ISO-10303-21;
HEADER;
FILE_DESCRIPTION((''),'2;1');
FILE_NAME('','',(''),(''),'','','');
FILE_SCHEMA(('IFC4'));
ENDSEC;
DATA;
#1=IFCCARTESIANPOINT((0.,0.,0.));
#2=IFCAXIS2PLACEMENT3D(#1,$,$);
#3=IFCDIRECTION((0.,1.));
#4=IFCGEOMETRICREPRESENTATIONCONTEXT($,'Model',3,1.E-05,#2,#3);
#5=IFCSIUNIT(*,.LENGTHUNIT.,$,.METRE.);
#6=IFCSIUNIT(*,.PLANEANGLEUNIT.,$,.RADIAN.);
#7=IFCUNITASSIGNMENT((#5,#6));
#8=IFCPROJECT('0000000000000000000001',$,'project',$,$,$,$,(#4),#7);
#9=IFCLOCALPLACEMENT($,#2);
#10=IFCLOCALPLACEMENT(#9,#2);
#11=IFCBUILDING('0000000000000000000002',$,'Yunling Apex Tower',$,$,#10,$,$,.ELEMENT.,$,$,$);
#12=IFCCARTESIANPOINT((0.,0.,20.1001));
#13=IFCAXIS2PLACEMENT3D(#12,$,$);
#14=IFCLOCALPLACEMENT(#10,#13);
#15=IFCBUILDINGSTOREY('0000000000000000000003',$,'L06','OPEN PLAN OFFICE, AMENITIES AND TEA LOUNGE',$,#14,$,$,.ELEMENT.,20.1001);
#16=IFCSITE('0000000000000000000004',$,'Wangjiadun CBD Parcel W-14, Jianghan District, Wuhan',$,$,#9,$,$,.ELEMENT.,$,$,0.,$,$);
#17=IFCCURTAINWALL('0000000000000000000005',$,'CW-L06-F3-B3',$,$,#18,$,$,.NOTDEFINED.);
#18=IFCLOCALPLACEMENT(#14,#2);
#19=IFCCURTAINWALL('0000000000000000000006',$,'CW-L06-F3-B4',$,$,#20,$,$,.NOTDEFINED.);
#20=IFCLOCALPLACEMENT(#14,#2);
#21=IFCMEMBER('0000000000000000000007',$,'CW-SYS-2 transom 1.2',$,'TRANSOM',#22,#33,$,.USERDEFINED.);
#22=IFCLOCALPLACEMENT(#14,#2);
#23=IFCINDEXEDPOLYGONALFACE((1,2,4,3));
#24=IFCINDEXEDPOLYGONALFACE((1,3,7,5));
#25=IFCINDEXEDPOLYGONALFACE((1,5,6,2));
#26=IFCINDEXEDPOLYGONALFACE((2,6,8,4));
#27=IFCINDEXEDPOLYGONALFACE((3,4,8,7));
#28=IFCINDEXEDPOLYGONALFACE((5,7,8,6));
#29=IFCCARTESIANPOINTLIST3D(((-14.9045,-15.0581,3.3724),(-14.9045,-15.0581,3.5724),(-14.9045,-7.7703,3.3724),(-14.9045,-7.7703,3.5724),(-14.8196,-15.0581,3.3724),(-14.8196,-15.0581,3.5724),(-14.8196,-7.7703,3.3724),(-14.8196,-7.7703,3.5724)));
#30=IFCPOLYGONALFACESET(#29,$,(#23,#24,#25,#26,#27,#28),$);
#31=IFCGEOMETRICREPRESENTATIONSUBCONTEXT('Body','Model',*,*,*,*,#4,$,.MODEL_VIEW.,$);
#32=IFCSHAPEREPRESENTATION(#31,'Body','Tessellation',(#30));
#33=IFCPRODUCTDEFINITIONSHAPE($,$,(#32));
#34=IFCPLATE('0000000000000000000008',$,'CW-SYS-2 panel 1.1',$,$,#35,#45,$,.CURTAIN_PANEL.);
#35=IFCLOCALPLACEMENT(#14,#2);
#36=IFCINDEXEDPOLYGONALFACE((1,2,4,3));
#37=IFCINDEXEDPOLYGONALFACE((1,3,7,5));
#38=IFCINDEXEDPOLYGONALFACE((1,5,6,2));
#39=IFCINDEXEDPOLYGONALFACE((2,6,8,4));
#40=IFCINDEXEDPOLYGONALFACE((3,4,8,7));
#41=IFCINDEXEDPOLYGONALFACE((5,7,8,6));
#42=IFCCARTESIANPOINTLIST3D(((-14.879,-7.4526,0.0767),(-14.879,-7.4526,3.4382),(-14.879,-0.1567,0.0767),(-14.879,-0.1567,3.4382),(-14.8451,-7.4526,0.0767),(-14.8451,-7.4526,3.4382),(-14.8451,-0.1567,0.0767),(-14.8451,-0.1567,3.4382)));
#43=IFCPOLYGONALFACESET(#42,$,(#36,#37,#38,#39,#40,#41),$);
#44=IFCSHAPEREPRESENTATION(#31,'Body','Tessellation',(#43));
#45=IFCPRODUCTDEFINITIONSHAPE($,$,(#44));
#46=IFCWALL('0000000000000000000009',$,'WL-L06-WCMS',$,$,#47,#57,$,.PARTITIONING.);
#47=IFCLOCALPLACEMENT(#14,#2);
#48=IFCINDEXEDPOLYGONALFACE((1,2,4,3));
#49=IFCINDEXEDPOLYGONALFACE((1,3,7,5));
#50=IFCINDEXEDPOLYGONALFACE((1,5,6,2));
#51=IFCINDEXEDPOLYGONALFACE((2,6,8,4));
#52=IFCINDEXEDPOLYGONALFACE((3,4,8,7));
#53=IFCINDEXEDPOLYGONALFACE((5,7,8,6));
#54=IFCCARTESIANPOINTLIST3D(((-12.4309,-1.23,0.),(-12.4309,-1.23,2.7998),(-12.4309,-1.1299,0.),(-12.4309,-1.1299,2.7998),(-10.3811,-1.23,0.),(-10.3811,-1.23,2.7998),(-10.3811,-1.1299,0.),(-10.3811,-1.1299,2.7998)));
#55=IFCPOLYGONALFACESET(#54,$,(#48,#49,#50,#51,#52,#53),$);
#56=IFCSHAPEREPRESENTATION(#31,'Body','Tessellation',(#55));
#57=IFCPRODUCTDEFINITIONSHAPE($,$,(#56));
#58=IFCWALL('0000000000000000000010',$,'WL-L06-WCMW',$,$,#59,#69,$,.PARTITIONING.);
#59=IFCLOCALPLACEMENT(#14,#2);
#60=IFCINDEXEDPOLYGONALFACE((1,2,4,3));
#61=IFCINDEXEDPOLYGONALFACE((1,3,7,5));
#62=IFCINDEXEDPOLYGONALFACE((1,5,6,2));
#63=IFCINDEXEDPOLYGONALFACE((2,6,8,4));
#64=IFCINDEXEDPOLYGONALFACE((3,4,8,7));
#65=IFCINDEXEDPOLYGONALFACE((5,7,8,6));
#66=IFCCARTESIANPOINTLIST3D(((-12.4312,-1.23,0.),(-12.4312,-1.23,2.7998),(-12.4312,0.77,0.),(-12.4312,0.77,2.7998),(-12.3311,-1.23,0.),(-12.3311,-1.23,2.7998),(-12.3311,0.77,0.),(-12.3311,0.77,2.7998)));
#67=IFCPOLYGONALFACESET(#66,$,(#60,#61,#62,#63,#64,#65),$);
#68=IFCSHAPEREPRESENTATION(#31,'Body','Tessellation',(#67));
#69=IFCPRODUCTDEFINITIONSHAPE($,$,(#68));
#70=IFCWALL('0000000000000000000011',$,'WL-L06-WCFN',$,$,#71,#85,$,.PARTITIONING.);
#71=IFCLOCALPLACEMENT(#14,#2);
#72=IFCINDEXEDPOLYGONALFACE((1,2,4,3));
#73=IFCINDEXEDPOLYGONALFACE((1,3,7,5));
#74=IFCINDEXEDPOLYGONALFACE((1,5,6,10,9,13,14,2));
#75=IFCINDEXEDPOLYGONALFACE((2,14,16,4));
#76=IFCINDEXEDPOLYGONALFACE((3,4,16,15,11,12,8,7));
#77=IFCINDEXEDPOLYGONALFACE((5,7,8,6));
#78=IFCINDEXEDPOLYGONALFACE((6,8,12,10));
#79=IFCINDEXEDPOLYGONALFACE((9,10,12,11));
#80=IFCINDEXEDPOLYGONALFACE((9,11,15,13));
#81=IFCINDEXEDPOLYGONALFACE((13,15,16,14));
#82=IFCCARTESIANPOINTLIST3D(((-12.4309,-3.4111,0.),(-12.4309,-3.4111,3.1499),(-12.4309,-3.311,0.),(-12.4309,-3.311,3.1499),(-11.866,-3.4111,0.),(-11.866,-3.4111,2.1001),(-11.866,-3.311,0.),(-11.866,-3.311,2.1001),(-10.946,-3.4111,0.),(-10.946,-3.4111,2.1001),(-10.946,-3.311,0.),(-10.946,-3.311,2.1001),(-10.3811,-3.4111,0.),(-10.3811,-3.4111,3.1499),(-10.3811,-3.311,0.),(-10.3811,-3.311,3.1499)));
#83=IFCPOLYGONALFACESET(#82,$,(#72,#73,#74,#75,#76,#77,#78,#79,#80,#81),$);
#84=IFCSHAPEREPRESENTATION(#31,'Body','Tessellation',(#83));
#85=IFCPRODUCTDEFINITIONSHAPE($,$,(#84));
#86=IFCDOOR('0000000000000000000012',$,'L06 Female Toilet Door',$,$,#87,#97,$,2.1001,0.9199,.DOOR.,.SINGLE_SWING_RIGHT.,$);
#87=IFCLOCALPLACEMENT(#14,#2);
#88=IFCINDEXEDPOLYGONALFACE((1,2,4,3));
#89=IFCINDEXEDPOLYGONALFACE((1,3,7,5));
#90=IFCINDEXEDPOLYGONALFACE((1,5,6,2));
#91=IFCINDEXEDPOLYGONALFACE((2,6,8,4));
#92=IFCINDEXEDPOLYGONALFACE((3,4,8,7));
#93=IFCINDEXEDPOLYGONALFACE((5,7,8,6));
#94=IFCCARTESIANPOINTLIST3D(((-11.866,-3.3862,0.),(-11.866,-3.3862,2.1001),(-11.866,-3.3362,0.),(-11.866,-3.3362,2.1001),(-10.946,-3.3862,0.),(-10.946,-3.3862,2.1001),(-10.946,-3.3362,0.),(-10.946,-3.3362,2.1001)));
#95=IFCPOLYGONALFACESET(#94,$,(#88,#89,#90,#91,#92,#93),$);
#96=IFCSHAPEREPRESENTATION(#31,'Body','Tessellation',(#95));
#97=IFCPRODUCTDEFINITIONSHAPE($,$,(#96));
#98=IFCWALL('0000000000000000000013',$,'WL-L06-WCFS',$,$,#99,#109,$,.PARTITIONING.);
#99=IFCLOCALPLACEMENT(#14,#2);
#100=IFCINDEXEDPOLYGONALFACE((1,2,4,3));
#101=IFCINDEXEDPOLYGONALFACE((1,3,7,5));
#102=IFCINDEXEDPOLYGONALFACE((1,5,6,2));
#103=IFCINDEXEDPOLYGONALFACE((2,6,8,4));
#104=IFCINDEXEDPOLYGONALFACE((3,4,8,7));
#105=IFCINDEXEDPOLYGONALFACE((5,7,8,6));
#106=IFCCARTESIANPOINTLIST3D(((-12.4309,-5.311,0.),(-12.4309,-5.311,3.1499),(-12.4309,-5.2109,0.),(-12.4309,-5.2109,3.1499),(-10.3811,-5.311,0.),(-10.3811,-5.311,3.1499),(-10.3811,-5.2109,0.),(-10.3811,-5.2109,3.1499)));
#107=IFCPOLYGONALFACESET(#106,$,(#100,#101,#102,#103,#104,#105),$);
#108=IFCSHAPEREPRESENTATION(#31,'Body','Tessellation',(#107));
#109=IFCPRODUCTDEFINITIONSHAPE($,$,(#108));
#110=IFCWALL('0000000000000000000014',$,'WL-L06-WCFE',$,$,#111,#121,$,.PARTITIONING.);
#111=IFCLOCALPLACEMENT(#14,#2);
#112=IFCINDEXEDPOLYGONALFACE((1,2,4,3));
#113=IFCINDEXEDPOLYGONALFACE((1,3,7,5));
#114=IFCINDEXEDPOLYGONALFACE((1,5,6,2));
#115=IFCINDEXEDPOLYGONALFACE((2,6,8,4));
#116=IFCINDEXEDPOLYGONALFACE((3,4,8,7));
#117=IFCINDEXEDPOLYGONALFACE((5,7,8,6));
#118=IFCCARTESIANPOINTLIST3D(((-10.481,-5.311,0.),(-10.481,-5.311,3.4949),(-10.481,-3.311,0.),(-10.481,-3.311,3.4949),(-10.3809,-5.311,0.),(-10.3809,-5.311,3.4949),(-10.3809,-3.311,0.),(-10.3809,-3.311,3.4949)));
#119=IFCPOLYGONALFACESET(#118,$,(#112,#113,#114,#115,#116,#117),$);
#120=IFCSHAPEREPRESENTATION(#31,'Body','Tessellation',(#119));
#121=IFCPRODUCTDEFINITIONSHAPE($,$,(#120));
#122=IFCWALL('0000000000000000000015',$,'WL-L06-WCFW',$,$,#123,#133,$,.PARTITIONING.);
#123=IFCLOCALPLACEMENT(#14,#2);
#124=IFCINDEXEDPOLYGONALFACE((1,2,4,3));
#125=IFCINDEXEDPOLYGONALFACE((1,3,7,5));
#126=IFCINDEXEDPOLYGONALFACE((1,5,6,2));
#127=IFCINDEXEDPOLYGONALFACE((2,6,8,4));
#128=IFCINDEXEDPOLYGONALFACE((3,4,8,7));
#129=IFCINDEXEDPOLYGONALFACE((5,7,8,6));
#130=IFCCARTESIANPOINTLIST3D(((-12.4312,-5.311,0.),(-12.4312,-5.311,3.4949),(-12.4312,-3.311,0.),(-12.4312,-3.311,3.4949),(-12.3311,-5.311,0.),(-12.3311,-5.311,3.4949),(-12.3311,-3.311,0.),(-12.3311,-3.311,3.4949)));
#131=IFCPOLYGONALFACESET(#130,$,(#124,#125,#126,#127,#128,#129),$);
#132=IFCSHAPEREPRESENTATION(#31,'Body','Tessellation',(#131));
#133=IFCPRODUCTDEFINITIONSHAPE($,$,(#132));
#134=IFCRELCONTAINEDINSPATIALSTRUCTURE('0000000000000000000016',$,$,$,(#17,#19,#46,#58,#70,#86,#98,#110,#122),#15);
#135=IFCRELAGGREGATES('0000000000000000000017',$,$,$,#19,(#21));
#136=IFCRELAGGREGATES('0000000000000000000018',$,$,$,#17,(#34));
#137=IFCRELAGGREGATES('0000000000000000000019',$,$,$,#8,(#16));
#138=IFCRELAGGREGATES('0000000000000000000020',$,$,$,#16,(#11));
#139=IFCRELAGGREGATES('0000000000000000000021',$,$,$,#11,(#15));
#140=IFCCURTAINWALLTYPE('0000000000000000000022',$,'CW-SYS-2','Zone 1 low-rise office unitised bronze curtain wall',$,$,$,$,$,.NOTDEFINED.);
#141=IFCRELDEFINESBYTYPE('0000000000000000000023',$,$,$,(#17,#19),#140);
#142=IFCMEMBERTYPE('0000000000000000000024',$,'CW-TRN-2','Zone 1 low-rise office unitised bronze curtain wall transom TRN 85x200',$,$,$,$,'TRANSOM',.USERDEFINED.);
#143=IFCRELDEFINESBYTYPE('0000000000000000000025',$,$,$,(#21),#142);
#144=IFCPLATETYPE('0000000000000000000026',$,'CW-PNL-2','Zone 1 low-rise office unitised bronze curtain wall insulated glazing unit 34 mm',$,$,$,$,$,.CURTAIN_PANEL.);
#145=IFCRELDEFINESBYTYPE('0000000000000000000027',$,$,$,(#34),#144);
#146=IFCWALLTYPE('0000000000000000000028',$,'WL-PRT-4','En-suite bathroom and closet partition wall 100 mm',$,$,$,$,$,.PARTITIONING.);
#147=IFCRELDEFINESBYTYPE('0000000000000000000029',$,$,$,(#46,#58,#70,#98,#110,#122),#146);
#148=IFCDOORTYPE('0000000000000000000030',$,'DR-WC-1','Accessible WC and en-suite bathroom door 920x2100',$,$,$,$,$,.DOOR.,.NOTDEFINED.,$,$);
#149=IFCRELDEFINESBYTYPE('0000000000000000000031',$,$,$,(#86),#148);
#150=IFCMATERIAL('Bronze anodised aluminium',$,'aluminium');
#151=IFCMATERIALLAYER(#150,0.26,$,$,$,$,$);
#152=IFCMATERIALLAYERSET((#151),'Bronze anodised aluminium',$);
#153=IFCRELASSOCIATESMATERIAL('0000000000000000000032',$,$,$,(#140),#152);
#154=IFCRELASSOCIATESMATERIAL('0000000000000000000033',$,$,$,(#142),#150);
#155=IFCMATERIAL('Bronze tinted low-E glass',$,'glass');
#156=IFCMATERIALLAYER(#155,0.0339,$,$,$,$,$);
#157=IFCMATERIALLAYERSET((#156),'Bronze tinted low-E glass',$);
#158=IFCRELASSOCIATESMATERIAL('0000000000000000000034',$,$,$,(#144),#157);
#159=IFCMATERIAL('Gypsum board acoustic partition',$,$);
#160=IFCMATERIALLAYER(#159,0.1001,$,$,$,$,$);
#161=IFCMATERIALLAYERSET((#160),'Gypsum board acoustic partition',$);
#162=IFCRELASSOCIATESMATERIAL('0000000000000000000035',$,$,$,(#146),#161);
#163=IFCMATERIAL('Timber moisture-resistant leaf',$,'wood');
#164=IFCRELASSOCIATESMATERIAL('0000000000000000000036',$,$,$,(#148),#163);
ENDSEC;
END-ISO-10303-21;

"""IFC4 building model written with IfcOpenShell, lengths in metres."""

from ifc_helpers import new_model, si_unit, direction, frame, frame_2d, origin, origin_2d, place, context, subcontext, project, spatial, rectangle, extrude, source, transform, mapped, material, layer, layer_set, material_profile, profile_set, type_object, element, fill, aggregate, save


model = new_model("IFC4")

# Units and contexts
model_context = context("Model", 3, precision=1e-05, world=origin(), true_north=direction((0.0, 1.0)))
body_context = subcontext(model_context, "Body", "Model", "MODEL_VIEW")
ifc_project = project(units=[si_unit("LENGTHUNIT", "METRE"), si_unit("PLANEANGLEUNIT", "RADIAN")], contexts=[model_context])

# Site, building, storey
site_placement = place(None, origin())
site = spatial("IfcSite", under=ifc_project, at=site_placement, Name="Wangjiadun CBD Parcel W-14, Jianghan District, Wuhan", CompositionType="ELEMENT", RefElevation=0.0)
building_placement = place(site_placement, origin())
building = spatial("IfcBuilding", under=site, at=building_placement, Name="Yunling Apex Tower", CompositionType="ELEMENT")
storey_placement = place(building_placement, frame((0.0, 0.0, 20.1001)))
storey = spatial("IfcBuildingStorey", under=building, at=storey_placement, Name="L06", Description="OPEN PLAN OFFICE, AMENITIES AND TEA LOUNGE", CompositionType="ELEMENT", Elevation=20.1001)

# Curtain wall
ifc_material_1 = material(Name="Bronze anodised aluminium", Category="aluminium")
ifc_layer_1 = layer(ifc_material_1, 0.26)
ifc_layer_set_1 = layer_set([ifc_layer_1], Name="Bronze anodised aluminium")
curtain_wall_type = type_object("IfcCurtainWallType", Name="CW-SYS-2", Description="Zone 1 low-rise office unitised bronze curtain wall", PredefinedType="NOTDEFINED", material=ifc_layer_set_1)
curtain_wall_1_placement = place(storey_placement, origin())
curtain_wall_1 = element("IfcCurtainWall", 1, at=curtain_wall_1_placement, inside=storey, type_object=curtain_wall_type, Name="CW-L06-F3-B3", PredefinedType="NOTDEFINED")

# Curtain wall, member
curtain_wall_2_placement = place(storey_placement, origin())
curtain_wall_2 = element("IfcCurtainWall", 2, at=curtain_wall_2_placement, inside=storey, type_object=curtain_wall_type, Name="CW-L06-F3-B4", PredefinedType="NOTDEFINED")
ifc_material_profile_1 = material_profile(ifc_material_1, rectangle(XDim=0.085, YDim=0.2, at=origin_2d()))
ifc_profile_set_1 = profile_set([ifc_material_profile_1], Name="Bronze anodised aluminium")
member_type_1 = type_object("IfcMemberType", Name="CW-TRN-2", Description="Zone 1 low-rise office unitised bronze curtain wall transom TRN 85x200", ElementType="TRANSOM", PredefinedType="USERDEFINED", material=ifc_profile_set_1)
shared_shape_1 = source(origin(), body_context, "Body", "SweptSolid", [
    extrude(rectangle(XDim=0.085, YDim=0.2, at=origin_2d()), origin(), (0.0, 0.0, 1.0), 7.2878),
])
member_1_placement = place(storey_placement, frame((-14.8621, -7.7703, 3.4724), z_axis=(0.0, -1.0, 0.0), x_axis=(1.0, 0.0, 0.0)))
member_1 = element("IfcMember", 3, at=member_1_placement, type_object=member_type_1, Name="CW-SYS-2 transom 1.2", ObjectType="TRANSOM", PredefinedType="USERDEFINED", context=body_context, shape_type="MappedRepresentation", body=[
    mapped(shared_shape_1, transform((0.0, 0.0, 0.0), scale=1.0)),
])
aggregate(curtain_wall_2, [member_1])

# Plate
ifc_material_2 = material(Name="Bronze tinted low-E glass", Category="glass")
ifc_layer_2 = layer(ifc_material_2, 0.0339)
ifc_layer_set_2 = layer_set([ifc_layer_2], Name="Bronze tinted low-E glass")
plate_type = type_object("IfcPlateType", Name="CW-PNL-2", Description="Zone 1 low-rise office unitised bronze curtain wall insulated glazing unit 34 mm", PredefinedType="CURTAIN_PANEL", material=ifc_layer_set_2)
shared_shape_2 = source(origin(), body_context, "Body", "SweptSolid", [
    extrude(rectangle(XDim=7.2959, YDim=0.0339, at=origin_2d()), origin(), (0.0, 0.0, 1.0), 3.3616),
])
plate_placement = place(storey_placement, frame((-14.8621, -3.8047, 0.0767), z_axis=(0.0, 0.0, 1.0), x_axis=(0.0, -1.0, 0.0)))
plate = element("IfcPlate", 4, at=plate_placement, type_object=plate_type, Name="CW-SYS-2 panel 1.1", PredefinedType="CURTAIN_PANEL", context=body_context, shape_type="MappedRepresentation", body=[
    mapped(shared_shape_2, transform((0.0, 0.0, 0.0), scale=1.0)),
])
aggregate(curtain_wall_1, [plate])

# Walls
ifc_material_3 = material(Name="Gypsum board acoustic partition")
ifc_layer_3 = layer(ifc_material_3, 0.1001)
ifc_layer_set_3 = layer_set([ifc_layer_3], Name="Gypsum board acoustic partition")
wall_type = type_object("IfcWallType", Name="WL-PRT-4", Description="En-suite bathroom and closet partition wall 100 mm", PredefinedType="PARTITIONING", material=ifc_layer_set_3)
wall_1_placement = place(storey_placement, frame((-10.3811, -1.1799, 0.0), z_axis=(0.0, 0.0, 1.0), x_axis=(-1.0, 0.0, 0.0)))
element("IfcWall", 5, at=wall_1_placement, inside=storey, type_object=wall_type, Name="WL-L06-WCMS", PredefinedType="PARTITIONING", context=body_context, shape_type="SweptSolid", body=[
    extrude(rectangle(XDim=2.0498, YDim=0.1001, at=frame_2d((1.0249, 0.0))), origin(), (0.0, 0.0, 1.0), 2.7998),
])
wall_2_placement = place(storey_placement, frame((-12.3811, -1.23, 0.0), z_axis=(0.0, 0.0, 1.0), x_axis=(0.0, 1.0, 0.0)))
element("IfcWall", 6, at=wall_2_placement, inside=storey, type_object=wall_type, Name="WL-L06-WCMW", PredefinedType="PARTITIONING", context=body_context, shape_type="SweptSolid", body=[
    extrude(rectangle(XDim=2.0, YDim=0.1001, at=frame_2d((1.0, 0.0))), origin(), (0.0, 0.0, 1.0), 2.7998),
])

# Wall, opening, door
wall_3_placement = place(storey_placement, frame((-12.4309, -3.3611, 0.0), z_axis=(0.0, 0.0, 1.0), x_axis=(1.0, 0.0, 0.0)))
wall_3 = element("IfcWall", 7, at=wall_3_placement, inside=storey, type_object=wall_type, Name="WL-L06-WCFN", PredefinedType="PARTITIONING", context=body_context, shape_type="SweptSolid", body=[
    extrude(rectangle(XDim=2.0498, YDim=0.1001, at=frame_2d((1.0249, 0.0))), origin(), (0.0, 0.0, 1.0), 3.1499),
])
opening_placement = place(wall_3_placement, frame((0.5649, 0.0, 0.0)))
opening = element("IfcOpeningElement", 8, at=opening_placement, cuts=wall_3, PredefinedType="OPENING", context=body_context, shape_type="SweptSolid", body=[
    extrude(rectangle(XDim=0.9199, YDim=2.1001, at=frame_2d((0.46, 1.05))), frame((0.0, 0.0601, 0.0), z_axis=(0.0, -1.0, 0.0), x_axis=(1.0, 0.0, 0.0)), (0.0, 0.0, 1.0), 0.1201),
])
ifc_material_4 = material(Name="Timber moisture-resistant leaf", Category="wood")
door_type = type_object("IfcDoorType", Name="DR-WC-1", Description="Accessible WC and en-suite bathroom door 920x2100", OperationType="NOTDEFINED", PredefinedType="DOOR", material=ifc_material_4)
door_placement = place(opening_placement, origin())
door = element("IfcDoor", 9, at=door_placement, inside=storey, type_object=door_type, Name="L06 Female Toilet Door", OperationType="SINGLE_SWING_RIGHT", OverallHeight=2.1001, OverallWidth=0.9199, PredefinedType="DOOR", context=body_context, shape_type="SweptSolid", body=[
    extrude(rectangle(XDim=0.9199, YDim=2.1001, at=frame_2d((0.46, 1.05))), frame((0.0, 0.0249, 0.0), z_axis=(0.0, -1.0, 0.0), x_axis=(1.0, 0.0, 0.0)), (0.0, 0.0, 1.0), 0.05),
])
fill(opening, door)

# Walls
wall_4_placement = place(storey_placement, frame((-10.3811, -5.261, 0.0), z_axis=(0.0, 0.0, 1.0), x_axis=(-1.0, 0.0, 0.0)))
element("IfcWall", 10, at=wall_4_placement, inside=storey, type_object=wall_type, Name="WL-L06-WCFS", PredefinedType="PARTITIONING", context=body_context, shape_type="SweptSolid", body=[
    extrude(rectangle(XDim=2.0498, YDim=0.1001, at=frame_2d((1.0249, 0.0))), origin(), (0.0, 0.0, 1.0), 3.1499),
])
for number, where, z_axis, x_axis, name in (
    (11, (-10.4309, -3.311, 0.0), (0.0, 0.0, 1.0), (0.0, -1.0, 0.0), "WL-L06-WCFE"),
    (12, (-12.3811, -5.311, 0.0), (0.0, 0.0, 1.0), (0.0, 1.0, 0.0), "WL-L06-WCFW"),
):
    element("IfcWall", number, at=place(storey_placement, frame(where, z_axis=z_axis, x_axis=x_axis)), inside=storey, type_object=wall_type, Name=name, PredefinedType="PARTITIONING", context=body_context, shape_type="SweptSolid", body=[
        extrude(rectangle(XDim=2.0, YDim=0.1001, at=frame_2d((1.0, 0.0))), origin(), (0.0, 0.0, 1.0), 3.4949),
    ])

save(model, "model.ifc")
